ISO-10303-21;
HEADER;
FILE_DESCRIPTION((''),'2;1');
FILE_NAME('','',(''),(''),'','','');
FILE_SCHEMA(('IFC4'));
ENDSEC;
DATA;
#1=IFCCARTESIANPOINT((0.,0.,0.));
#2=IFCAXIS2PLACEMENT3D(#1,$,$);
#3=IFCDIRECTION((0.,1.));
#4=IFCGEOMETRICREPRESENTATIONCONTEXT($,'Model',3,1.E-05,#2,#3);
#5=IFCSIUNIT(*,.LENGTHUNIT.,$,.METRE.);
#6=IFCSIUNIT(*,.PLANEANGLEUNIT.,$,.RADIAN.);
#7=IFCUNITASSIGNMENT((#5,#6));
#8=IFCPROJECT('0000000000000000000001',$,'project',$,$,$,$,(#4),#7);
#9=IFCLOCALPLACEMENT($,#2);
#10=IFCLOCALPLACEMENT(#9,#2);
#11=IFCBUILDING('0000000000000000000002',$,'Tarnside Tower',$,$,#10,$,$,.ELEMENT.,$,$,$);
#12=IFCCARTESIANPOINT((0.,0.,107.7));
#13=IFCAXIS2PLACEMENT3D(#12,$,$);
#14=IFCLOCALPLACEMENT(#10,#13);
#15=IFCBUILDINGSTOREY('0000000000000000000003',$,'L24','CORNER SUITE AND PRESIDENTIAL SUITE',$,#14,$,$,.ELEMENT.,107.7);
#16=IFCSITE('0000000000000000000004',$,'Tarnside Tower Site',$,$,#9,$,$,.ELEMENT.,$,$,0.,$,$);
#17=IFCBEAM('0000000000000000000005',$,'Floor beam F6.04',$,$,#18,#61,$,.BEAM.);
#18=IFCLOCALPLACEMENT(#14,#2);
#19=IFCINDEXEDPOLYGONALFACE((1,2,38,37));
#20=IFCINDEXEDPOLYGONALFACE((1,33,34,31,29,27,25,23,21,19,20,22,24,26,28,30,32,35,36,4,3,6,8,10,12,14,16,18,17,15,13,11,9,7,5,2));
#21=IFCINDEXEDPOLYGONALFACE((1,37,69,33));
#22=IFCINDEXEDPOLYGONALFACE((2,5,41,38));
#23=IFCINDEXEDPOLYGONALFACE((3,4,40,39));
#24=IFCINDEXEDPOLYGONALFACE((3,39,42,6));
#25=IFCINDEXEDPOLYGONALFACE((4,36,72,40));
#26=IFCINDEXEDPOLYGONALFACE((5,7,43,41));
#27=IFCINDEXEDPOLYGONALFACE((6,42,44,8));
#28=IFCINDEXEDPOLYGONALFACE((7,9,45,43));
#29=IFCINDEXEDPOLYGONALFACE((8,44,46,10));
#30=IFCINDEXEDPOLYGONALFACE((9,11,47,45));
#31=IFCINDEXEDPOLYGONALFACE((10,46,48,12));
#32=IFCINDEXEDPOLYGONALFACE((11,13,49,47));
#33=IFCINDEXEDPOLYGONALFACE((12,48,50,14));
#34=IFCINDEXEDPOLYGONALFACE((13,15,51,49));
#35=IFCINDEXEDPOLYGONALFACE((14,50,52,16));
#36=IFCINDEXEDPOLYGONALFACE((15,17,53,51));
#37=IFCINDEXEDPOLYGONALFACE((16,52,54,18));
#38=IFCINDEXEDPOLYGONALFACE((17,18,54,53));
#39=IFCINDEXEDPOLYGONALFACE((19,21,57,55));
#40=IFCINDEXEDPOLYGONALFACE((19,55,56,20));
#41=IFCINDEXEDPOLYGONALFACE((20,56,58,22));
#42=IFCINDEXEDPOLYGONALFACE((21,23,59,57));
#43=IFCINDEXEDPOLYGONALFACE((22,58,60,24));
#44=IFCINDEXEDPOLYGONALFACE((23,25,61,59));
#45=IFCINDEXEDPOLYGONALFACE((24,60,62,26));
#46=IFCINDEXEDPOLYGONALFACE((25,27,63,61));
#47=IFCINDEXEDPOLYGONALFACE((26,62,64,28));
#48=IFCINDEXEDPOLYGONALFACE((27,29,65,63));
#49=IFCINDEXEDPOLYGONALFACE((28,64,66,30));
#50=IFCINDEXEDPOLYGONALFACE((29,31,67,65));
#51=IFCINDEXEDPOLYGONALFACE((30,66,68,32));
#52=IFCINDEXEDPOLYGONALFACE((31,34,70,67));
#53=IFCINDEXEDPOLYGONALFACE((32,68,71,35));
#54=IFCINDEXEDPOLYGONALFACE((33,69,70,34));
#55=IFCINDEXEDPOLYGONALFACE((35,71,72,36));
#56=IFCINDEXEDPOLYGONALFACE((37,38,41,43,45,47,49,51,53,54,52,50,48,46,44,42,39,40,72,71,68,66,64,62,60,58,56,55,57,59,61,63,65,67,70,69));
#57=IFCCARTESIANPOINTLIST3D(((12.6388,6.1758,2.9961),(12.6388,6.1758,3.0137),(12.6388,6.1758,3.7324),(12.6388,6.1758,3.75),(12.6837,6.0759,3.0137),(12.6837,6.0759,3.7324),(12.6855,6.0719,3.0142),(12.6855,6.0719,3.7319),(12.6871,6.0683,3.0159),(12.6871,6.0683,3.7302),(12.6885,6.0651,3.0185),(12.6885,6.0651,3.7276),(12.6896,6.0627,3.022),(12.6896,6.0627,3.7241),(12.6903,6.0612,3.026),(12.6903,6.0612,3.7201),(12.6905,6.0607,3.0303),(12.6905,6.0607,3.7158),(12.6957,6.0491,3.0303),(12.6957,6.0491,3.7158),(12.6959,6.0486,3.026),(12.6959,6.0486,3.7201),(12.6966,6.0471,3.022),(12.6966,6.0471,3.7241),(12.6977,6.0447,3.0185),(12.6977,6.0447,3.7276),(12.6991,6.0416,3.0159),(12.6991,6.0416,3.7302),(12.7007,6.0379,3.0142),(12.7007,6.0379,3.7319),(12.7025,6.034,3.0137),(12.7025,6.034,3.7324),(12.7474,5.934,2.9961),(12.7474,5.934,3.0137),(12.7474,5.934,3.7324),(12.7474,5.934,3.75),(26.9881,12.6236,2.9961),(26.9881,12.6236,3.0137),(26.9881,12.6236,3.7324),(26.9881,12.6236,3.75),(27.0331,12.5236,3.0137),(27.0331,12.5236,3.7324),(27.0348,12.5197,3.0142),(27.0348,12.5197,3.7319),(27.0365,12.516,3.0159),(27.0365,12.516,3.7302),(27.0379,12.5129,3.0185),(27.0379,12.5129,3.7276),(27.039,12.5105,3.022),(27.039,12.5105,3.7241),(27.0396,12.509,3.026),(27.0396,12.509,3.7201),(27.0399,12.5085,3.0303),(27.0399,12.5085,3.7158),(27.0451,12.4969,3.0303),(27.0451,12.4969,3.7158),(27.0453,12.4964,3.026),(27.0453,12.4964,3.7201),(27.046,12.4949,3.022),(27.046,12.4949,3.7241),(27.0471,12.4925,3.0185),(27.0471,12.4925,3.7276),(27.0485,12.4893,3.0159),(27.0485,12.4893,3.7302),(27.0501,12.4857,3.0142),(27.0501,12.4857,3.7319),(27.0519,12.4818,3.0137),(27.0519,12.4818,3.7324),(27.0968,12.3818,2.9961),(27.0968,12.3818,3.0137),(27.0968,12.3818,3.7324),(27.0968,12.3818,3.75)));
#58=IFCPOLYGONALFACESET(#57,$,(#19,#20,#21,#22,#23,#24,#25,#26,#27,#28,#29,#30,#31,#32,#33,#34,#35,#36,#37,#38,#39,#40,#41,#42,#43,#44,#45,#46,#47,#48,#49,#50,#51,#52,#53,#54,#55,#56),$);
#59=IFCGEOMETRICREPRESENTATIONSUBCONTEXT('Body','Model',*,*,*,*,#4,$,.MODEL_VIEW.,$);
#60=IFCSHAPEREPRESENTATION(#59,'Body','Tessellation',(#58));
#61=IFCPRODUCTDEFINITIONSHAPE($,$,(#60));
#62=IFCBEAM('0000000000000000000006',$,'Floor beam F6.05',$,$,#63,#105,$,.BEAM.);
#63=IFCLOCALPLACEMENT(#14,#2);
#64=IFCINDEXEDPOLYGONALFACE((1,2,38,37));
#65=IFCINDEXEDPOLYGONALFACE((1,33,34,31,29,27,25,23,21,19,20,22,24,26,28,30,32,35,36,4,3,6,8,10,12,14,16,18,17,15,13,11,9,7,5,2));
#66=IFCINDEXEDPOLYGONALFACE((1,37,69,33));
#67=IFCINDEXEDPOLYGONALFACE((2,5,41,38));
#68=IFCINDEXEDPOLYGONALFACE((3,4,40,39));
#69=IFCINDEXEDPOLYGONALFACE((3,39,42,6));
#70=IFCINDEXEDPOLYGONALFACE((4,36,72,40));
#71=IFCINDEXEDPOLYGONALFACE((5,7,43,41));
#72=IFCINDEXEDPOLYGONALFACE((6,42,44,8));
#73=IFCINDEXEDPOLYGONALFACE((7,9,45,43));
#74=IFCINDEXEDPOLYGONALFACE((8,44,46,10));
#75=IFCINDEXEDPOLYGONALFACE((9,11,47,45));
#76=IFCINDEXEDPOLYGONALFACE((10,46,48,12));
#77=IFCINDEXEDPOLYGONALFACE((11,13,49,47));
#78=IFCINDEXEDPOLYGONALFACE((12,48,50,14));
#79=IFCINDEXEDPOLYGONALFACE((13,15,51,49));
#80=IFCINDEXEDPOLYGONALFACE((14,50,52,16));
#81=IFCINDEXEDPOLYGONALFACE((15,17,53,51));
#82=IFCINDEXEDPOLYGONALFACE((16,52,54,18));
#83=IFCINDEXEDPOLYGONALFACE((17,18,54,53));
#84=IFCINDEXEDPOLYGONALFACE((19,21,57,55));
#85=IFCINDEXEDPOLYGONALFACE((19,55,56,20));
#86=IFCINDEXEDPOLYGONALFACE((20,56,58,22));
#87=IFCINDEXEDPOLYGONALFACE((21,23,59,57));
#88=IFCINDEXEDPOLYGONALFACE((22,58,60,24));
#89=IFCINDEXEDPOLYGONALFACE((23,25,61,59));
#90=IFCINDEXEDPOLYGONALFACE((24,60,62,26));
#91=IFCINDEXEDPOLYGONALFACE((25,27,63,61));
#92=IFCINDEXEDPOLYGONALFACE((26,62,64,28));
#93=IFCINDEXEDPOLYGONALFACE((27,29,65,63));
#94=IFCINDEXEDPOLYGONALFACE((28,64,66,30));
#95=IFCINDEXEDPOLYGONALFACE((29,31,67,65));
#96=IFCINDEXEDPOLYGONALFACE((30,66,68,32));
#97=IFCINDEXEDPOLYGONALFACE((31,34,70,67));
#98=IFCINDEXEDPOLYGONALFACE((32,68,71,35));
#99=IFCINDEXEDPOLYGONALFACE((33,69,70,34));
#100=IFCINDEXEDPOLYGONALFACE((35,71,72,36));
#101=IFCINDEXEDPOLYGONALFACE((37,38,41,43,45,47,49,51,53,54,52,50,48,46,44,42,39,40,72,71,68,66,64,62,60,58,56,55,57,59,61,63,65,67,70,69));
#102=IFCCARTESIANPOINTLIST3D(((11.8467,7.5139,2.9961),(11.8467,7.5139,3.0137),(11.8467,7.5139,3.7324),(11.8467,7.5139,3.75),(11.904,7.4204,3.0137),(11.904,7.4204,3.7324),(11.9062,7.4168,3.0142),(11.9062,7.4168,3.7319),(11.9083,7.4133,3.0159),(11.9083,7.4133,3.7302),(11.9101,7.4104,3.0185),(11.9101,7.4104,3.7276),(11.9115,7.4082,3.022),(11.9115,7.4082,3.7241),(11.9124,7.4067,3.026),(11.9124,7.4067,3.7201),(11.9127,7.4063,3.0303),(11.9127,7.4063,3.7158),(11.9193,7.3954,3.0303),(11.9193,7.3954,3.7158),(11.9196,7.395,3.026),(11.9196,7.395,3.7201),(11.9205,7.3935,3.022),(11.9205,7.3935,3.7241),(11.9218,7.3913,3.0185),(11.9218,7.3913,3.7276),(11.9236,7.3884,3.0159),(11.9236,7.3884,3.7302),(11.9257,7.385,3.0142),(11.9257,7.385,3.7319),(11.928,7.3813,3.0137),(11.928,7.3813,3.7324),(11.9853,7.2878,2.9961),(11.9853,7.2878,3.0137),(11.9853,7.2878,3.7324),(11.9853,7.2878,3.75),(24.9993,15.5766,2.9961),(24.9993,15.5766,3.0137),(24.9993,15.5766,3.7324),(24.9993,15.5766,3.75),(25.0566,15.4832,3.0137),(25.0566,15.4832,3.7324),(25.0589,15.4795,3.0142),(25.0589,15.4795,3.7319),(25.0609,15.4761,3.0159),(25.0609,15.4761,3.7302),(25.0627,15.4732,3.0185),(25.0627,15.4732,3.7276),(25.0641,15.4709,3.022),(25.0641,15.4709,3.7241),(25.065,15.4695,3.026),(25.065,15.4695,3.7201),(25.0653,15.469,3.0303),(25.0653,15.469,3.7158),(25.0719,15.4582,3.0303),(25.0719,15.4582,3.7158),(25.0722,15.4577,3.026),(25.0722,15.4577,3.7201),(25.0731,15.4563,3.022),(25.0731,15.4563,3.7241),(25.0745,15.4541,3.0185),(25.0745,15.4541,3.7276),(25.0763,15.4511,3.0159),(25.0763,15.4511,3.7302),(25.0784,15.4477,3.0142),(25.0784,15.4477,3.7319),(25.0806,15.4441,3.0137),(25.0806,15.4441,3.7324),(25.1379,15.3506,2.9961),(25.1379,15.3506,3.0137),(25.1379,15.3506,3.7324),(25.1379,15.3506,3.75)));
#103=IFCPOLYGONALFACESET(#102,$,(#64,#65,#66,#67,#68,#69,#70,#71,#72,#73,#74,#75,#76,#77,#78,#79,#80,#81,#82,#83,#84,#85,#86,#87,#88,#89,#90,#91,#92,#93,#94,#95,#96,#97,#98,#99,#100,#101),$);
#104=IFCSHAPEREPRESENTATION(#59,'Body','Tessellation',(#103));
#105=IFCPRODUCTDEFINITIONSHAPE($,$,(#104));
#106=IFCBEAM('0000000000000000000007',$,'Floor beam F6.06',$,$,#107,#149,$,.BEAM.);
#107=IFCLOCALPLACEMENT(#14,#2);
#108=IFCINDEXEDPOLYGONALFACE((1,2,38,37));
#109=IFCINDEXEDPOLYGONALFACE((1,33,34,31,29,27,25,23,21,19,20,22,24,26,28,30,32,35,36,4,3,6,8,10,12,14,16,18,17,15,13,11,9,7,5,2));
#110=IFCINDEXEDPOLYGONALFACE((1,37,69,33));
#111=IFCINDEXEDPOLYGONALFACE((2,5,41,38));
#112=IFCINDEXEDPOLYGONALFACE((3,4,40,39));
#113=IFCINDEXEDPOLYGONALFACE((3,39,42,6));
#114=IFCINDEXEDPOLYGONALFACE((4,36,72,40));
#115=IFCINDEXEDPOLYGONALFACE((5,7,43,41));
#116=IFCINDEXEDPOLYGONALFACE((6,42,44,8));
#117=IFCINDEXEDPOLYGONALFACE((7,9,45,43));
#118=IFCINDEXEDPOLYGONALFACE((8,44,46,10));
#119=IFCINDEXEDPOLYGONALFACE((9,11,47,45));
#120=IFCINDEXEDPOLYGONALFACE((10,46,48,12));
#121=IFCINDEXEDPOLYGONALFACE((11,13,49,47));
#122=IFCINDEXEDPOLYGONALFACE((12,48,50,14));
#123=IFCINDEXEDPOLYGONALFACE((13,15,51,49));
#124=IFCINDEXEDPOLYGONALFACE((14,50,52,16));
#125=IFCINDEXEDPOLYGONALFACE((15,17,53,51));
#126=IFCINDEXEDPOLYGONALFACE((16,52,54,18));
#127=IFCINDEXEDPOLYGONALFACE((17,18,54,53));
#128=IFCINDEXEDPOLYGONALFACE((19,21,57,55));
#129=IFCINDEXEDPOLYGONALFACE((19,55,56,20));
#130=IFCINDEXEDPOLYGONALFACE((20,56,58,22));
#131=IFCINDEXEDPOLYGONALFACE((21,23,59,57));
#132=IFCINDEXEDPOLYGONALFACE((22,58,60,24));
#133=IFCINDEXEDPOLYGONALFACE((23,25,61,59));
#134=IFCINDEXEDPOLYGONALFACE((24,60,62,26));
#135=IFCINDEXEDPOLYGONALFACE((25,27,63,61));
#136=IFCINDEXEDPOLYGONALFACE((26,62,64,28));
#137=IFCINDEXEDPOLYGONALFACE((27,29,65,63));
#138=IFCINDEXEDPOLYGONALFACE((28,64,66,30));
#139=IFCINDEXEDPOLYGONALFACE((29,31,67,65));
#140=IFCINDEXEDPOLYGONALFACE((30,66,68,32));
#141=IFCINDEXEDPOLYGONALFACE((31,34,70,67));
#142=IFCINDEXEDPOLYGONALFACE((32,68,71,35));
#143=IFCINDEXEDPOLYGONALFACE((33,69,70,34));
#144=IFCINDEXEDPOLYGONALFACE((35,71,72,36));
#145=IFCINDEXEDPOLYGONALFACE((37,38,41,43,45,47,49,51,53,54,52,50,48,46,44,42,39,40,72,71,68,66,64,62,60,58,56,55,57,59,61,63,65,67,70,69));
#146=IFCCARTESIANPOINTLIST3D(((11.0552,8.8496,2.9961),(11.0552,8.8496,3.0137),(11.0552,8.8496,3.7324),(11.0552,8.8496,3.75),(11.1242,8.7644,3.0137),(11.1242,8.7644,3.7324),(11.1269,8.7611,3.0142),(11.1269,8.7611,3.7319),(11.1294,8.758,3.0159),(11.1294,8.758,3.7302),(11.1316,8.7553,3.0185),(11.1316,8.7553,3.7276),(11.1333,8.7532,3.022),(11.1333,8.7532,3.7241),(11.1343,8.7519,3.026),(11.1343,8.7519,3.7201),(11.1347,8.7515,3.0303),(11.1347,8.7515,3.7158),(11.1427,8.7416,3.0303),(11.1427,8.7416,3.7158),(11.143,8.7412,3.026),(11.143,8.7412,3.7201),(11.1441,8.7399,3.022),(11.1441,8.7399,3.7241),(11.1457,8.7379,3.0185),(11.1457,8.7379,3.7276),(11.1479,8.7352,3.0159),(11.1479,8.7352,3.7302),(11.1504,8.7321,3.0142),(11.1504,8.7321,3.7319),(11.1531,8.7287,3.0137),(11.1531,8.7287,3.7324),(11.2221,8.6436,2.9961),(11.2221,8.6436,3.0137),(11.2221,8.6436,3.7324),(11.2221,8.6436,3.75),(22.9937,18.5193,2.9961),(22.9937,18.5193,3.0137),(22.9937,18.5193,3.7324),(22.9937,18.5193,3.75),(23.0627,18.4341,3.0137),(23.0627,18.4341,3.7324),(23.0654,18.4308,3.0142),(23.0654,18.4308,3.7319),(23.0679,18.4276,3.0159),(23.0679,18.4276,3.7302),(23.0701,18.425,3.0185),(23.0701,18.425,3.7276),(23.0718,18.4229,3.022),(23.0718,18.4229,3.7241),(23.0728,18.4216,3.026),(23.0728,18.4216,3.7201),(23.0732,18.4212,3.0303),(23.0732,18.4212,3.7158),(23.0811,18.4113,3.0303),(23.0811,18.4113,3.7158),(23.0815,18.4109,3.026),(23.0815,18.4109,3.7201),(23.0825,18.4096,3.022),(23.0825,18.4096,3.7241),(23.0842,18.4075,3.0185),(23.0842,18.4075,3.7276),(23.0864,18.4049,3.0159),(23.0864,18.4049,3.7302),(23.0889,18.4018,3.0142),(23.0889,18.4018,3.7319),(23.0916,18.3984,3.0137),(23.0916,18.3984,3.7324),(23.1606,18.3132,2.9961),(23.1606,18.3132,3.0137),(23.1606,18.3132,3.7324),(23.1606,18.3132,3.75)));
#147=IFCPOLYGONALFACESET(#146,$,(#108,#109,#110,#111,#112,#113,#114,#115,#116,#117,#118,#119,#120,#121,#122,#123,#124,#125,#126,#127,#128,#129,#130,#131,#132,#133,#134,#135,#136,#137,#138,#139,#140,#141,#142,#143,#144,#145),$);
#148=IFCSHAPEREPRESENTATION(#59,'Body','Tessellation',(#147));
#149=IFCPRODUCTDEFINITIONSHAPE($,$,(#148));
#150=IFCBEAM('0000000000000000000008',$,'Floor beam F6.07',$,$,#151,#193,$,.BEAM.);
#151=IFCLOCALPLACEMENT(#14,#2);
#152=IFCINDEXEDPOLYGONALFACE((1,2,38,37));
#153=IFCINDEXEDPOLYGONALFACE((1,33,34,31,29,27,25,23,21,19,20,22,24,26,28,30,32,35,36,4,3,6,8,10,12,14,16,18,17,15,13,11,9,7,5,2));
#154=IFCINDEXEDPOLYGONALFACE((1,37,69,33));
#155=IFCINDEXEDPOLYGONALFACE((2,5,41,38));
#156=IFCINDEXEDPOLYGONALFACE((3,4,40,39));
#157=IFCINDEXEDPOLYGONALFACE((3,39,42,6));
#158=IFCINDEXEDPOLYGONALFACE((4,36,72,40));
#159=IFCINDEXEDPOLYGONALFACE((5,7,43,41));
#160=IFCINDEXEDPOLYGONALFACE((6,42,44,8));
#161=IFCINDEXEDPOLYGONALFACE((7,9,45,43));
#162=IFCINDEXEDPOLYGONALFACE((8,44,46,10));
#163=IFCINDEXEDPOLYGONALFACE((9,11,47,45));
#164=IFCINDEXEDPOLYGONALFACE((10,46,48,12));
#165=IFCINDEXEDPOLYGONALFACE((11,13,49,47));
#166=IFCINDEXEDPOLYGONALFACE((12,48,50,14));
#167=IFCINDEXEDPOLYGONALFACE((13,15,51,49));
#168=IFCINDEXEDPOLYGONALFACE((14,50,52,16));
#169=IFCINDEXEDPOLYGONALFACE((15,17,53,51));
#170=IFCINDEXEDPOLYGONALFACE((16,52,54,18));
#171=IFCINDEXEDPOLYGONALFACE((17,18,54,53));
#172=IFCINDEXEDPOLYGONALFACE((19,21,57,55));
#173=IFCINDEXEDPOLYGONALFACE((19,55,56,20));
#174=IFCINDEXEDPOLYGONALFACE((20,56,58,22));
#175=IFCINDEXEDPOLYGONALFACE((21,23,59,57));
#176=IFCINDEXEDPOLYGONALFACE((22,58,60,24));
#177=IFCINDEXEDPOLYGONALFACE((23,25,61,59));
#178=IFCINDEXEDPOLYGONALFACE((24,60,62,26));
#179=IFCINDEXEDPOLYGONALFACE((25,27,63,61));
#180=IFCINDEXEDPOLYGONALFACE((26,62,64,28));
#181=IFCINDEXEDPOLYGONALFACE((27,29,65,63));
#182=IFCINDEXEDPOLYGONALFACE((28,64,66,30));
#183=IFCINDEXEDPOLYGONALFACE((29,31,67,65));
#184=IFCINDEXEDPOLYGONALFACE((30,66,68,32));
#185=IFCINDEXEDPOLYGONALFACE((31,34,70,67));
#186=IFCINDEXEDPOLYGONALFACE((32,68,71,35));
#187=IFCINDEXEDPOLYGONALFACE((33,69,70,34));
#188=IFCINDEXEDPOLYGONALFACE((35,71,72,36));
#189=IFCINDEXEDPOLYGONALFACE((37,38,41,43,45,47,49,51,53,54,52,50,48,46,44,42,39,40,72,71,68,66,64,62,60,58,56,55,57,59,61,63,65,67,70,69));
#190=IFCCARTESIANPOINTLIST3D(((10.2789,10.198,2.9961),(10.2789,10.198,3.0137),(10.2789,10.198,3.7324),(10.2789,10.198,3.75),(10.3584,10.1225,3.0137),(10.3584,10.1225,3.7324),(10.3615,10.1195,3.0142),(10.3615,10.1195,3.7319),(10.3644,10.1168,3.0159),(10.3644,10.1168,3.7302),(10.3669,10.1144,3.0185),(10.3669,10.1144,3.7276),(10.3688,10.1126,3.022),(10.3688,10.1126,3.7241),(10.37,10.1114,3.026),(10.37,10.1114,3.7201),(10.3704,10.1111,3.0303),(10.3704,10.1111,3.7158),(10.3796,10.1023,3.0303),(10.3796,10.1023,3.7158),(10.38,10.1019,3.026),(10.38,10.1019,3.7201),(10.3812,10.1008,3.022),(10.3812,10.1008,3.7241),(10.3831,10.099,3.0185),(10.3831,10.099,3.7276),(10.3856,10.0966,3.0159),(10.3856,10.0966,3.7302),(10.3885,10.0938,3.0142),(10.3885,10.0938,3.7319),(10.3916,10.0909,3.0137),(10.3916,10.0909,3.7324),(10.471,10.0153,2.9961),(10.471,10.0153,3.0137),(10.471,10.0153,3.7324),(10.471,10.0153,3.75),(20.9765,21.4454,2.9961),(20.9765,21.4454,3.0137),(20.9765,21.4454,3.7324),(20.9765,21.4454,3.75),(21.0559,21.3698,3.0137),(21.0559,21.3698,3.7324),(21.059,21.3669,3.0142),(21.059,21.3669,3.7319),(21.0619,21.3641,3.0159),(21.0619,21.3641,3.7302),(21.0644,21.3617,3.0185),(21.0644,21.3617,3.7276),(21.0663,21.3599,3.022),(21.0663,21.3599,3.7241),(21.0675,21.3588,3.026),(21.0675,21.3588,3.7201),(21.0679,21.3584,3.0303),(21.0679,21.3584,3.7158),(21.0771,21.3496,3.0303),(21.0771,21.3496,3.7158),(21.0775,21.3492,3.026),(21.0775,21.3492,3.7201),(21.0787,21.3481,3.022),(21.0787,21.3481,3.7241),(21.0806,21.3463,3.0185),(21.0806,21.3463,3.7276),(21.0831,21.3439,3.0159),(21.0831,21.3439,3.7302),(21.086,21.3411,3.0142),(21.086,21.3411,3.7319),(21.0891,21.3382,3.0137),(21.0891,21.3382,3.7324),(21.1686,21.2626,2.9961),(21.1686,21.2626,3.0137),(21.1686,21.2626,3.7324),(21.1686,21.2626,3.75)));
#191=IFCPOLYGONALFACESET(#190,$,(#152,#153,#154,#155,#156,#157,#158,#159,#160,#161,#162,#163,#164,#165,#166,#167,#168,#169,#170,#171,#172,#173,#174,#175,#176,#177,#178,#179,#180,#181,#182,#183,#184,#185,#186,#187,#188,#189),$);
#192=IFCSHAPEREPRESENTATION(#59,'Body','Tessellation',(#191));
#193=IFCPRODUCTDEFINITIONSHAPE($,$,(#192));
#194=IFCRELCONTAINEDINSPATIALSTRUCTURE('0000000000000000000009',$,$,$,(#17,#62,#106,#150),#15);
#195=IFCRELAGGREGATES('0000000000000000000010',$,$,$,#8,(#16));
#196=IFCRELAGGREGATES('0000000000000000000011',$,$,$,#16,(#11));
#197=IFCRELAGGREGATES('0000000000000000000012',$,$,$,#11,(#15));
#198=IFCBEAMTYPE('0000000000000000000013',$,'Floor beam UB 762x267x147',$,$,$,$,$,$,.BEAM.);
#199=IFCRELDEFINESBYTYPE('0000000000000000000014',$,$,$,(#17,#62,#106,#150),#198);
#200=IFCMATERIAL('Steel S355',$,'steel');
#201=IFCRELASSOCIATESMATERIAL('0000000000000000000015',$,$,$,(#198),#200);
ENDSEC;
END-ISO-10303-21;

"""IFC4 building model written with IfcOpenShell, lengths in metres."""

from ifc_helpers import new_model, si_unit, direction, frame, origin, origin_2d, place, context, subcontext, project, spatial, i_section, extrude, material, material_profile, profile_set, type_object, element, save


model = new_model("IFC4")

# Units and contexts
model_context = context("Model", 3, precision=1e-05, world=origin(), true_north=direction((0.0, 1.0)))
body_context = subcontext(model_context, "Body", "Model", "MODEL_VIEW")
ifc_project = project(units=[si_unit("LENGTHUNIT", "METRE"), si_unit("PLANEANGLEUNIT", "RADIAN")], contexts=[model_context])

# Site, building, storey
site_placement = place(None, origin())
site = spatial("IfcSite", under=ifc_project, at=site_placement, Name="Tarnside Tower Site", CompositionType="ELEMENT", RefElevation=0.0)
building_placement = place(site_placement, origin())
building = spatial("IfcBuilding", under=site, at=building_placement, Name="Tarnside Tower", CompositionType="ELEMENT")
storey_placement = place(building_placement, frame((0.0, 0.0, 107.7)))
storey = spatial("IfcBuildingStorey", under=building, at=storey_placement, Name="L24", Description="CORNER SUITE AND PRESIDENTIAL SUITE", CompositionType="ELEMENT", Elevation=107.7)

# Beams
ifc_material_1 = material(Name="Steel S355", Category="steel")
ifc_material_profile_1 = material_profile(ifc_material_1, i_section(OverallWidth=0.2651, OverallDepth=0.7539, WebThickness=0.0127, FlangeThickness=0.0176, FilletRadius=0.0166, at=origin_2d()), Name="UB 762x267x147")
ifc_profile_set_1 = profile_set([ifc_material_profile_1], Name="Steel S355")
beam_type_1 = type_object("IfcBeamType", Name="Floor beam UB 762x267x147", PredefinedType="BEAM", material=ifc_profile_set_1)
beam_1_placement = place(storey_placement, frame((27.0425, 12.5027, 3.373), z_axis=(-0.912146, -0.409865, 0.0), x_axis=(0.409865, -0.912146, 0.0)))
element("IfcBeam", 1, at=beam_1_placement, inside=storey, type_object=beam_type_1, Name="Floor beam F6.04", PredefinedType="BEAM", context=body_context, shape_type="SweptSolid", body=[
    extrude(i_section(OverallWidth=0.2651, OverallDepth=0.7539, WebThickness=0.0127, FlangeThickness=0.0176, FilletRadius=0.0166, at=origin_2d()), origin(), (0.0, 0.0, 1.0), 15.7314),
])
beam_2_placement = place(storey_placement, frame((25.0686, 15.4636, 3.373), z_axis=(-0.852558, -0.522632, 0.0), x_axis=(0.522632, -0.852558, 0.0)))
element("IfcBeam", 2, at=beam_2_placement, inside=storey, type_object=beam_type_1, Name="Floor beam F6.05", PredefinedType="BEAM", context=body_context, shape_type="SweptSolid", body=[
    extrude(i_section(OverallWidth=0.2651, OverallDepth=0.7539, WebThickness=0.0127, FlangeThickness=0.0176, FilletRadius=0.0166, at=origin_2d()), origin(), (0.0, 0.0, 1.0), 15.4272),
])
beam_3_placement = place(storey_placement, frame((23.0771, 18.4163, 3.373), z_axis=(-0.777079, -0.629403, 0.0), x_axis=(0.629403, -0.777079, 0.0)))
element("IfcBeam", 3, at=beam_3_placement, inside=storey, type_object=beam_type_1, Name="Floor beam F6.06", PredefinedType="BEAM", context=body_context, shape_type="SweptSolid", body=[
    extrude(i_section(OverallWidth=0.2651, OverallDepth=0.7539, WebThickness=0.0127, FlangeThickness=0.0176, FilletRadius=0.0166, at=origin_2d()), origin(), (0.0, 0.0, 1.0), 15.3633),
])
beam_4_placement = place(storey_placement, frame((21.0725, 21.354, 3.373), z_axis=(-0.689175, -0.724595, 0.0), x_axis=(0.724595, -0.689175, 0.0)))
element("IfcBeam", 4, at=beam_4_placement, inside=storey, type_object=beam_type_1, Name="Floor beam F6.07", PredefinedType="BEAM", context=body_context, shape_type="SweptSolid", body=[
    extrude(i_section(OverallWidth=0.2651, OverallDepth=0.7539, WebThickness=0.0127, FlangeThickness=0.0176, FilletRadius=0.0166, at=origin_2d()), origin(), (0.0, 0.0, 1.0), 15.5222),
])

save(model, "model.ifc")
